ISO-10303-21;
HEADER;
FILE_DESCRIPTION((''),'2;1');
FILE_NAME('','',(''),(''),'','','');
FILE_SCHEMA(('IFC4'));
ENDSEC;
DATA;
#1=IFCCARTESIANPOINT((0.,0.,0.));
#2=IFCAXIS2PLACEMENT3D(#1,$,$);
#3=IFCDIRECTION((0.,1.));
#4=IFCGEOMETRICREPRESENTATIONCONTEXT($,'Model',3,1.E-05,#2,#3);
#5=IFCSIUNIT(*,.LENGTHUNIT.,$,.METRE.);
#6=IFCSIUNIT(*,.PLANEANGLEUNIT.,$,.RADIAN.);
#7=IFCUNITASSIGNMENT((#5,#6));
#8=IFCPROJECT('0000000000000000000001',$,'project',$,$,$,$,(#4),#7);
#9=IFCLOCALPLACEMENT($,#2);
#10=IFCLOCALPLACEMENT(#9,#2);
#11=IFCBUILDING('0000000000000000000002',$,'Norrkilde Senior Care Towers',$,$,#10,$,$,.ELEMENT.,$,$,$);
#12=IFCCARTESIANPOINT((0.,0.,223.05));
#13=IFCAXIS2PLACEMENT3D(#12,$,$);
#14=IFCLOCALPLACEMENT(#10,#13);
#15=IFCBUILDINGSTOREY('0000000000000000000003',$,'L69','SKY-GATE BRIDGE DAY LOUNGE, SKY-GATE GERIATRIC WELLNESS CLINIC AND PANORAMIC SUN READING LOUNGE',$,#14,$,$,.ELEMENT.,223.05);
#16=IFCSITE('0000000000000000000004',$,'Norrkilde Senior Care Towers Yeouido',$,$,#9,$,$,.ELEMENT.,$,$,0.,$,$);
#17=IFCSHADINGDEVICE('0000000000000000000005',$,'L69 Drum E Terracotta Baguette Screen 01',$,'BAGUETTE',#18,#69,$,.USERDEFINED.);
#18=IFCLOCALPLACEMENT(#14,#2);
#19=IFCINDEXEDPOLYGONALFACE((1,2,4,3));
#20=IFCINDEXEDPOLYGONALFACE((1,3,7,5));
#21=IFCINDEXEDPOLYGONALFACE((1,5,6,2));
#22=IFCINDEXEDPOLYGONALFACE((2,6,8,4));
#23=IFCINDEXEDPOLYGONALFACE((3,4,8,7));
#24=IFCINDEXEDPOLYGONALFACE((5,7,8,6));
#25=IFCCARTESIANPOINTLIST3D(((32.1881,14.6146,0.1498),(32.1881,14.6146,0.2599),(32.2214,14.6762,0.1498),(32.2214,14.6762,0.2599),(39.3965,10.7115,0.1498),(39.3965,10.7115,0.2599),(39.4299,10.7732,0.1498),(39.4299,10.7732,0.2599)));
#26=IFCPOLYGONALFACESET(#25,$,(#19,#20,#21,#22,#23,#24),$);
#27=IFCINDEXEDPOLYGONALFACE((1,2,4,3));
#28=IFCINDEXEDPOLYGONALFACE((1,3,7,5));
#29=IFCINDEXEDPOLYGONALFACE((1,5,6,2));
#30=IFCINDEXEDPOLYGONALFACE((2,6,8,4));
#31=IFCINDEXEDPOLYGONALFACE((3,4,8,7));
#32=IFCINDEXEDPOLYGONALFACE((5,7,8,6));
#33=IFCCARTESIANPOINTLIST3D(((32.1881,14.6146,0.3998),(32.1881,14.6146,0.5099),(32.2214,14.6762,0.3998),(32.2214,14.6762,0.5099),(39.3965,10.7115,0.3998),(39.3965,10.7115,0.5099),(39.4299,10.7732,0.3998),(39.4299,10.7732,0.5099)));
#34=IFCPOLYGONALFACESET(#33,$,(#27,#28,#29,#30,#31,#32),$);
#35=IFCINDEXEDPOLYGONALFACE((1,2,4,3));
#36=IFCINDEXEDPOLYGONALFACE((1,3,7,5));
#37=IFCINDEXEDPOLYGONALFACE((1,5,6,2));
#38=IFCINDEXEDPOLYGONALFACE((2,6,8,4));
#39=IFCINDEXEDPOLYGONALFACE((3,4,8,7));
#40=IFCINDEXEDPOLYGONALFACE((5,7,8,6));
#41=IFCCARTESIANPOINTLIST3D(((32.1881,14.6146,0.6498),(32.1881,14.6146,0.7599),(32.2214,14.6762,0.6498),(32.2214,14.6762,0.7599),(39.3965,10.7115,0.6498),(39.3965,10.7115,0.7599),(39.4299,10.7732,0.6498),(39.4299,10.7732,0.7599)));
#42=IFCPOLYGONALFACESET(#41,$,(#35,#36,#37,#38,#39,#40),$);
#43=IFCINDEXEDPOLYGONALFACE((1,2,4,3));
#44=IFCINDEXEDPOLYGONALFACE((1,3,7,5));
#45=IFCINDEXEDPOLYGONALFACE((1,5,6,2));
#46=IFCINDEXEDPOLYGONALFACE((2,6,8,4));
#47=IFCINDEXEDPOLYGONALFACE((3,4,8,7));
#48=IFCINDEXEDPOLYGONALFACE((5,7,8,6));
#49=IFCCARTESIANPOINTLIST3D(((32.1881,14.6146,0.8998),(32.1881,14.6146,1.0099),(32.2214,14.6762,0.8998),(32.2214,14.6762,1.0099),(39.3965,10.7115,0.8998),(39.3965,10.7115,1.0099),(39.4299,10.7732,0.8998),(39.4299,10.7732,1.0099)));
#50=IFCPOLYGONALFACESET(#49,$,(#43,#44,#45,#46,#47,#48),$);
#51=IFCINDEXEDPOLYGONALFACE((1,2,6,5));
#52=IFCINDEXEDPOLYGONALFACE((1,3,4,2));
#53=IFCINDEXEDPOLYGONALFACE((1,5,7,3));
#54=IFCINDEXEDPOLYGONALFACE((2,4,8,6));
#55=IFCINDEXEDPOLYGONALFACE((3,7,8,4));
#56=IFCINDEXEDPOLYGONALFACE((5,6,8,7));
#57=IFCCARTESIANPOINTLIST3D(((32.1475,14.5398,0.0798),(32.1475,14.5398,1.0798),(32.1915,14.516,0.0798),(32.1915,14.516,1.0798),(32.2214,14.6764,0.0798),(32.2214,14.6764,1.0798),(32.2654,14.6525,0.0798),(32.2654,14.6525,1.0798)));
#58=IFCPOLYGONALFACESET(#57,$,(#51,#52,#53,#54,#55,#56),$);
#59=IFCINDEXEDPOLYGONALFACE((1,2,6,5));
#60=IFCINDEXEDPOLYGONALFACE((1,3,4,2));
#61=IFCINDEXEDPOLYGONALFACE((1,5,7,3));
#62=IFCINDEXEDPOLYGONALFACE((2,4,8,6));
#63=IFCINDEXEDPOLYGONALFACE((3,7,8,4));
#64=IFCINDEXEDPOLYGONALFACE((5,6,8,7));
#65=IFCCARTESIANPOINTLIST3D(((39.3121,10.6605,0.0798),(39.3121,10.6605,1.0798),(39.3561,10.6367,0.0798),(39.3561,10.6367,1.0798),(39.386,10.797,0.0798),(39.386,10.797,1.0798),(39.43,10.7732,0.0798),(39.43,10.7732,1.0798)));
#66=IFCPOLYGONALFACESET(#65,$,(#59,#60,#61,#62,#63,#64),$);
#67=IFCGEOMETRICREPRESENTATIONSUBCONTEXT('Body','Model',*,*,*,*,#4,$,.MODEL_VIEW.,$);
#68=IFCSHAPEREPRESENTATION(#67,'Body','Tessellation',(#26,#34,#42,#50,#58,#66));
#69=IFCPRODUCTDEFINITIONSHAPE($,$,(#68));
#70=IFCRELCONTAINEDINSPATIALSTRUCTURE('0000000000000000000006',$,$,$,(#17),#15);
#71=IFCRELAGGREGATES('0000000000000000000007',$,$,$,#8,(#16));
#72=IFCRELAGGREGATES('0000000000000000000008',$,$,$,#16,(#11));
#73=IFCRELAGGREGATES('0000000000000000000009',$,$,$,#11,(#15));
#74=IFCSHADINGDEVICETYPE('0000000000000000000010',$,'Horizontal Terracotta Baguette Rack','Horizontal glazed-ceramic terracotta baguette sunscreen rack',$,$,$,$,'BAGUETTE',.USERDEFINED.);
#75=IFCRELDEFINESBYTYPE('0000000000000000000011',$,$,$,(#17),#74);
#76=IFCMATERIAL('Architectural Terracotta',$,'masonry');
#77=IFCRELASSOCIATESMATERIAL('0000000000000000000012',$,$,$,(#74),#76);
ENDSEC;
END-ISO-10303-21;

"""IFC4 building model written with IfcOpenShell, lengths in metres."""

from ifc_helpers import new_model, si_unit, direction, frame, origin, origin_2d, place, context, subcontext, project, spatial, rectangle, extrude, source, transform, mapped, material, type_object, type_shapes, element, save


model = new_model("IFC4")

# Units and contexts
model_context = context("Model", 3, precision=1e-05, world=origin(), true_north=direction((0.0, 1.0)))
body_context = subcontext(model_context, "Body", "Model", "MODEL_VIEW")
ifc_project = project(units=[si_unit("LENGTHUNIT", "METRE"), si_unit("PLANEANGLEUNIT", "RADIAN")], contexts=[model_context])

# Site, building, storey
site_placement = place(None, origin())
site = spatial("IfcSite", under=ifc_project, at=site_placement, Name="Norrkilde Senior Care Towers Yeouido", CompositionType="ELEMENT", RefElevation=0.0)
building_placement = place(site_placement, origin())
building = spatial("IfcBuilding", under=site, at=building_placement, Name="Norrkilde Senior Care Towers", CompositionType="ELEMENT")
storey_placement = place(building_placement, frame((0.0, 0.0, 223.05)))
storey = spatial("IfcBuildingStorey", under=building, at=storey_placement, Name="L69", Description="SKY-GATE BRIDGE DAY LOUNGE, SKY-GATE GERIATRIC WELLNESS CLINIC AND PANORAMIC SUN READING LOUNGE", CompositionType="ELEMENT", Elevation=223.05)

# Shading device
ifc_material_1 = material(Name="Architectural Terracotta", Category="masonry")
shading_device_type = type_object("IfcShadingDeviceType", Name="Horizontal Terracotta Baguette Rack", Description="Horizontal glazed-ceramic terracotta baguette sunscreen rack", ElementType="BAGUETTE", PredefinedType="USERDEFINED", material=ifc_material_1)
shared_shape_1 = source(origin(), body_context, "Body", "SweptSolid", [
    extrude(rectangle(XDim=0.0701, YDim=0.1101, at=origin_2d()), frame((0.0, 0.0901, 0.125), z_axis=(1.0, 0.0, 0.0), x_axis=(0.0, 1.0, 0.0)), (0.0, 0.0, 1.0), 8.1973),
    extrude(rectangle(XDim=0.0701, YDim=0.1101, at=origin_2d()), frame((0.0, 0.0901, 0.375), z_axis=(1.0, 0.0, 0.0), x_axis=(0.0, 1.0, 0.0)), (0.0, 0.0, 1.0), 8.1973),
    extrude(rectangle(XDim=0.0701, YDim=0.1101, at=origin_2d()), frame((0.0, 0.0901, 0.625), z_axis=(1.0, 0.0, 0.0), x_axis=(0.0, 1.0, 0.0)), (0.0, 0.0, 1.0), 8.1973),
    extrude(rectangle(XDim=0.0701, YDim=0.1101, at=origin_2d()), frame((0.0, 0.0901, 0.875), z_axis=(1.0, 0.0, 0.0), x_axis=(0.0, 1.0, 0.0)), (0.0, 0.0, 1.0), 8.1973),
    extrude(rectangle(XDim=0.05, YDim=0.1553, at=origin_2d()), frame((0.0249, 0.0476, 0.0)), (0.0, 0.0, 1.0), 1.0),
    extrude(rectangle(XDim=0.05, YDim=0.1553, at=origin_2d()), frame((8.1724, 0.0476, 0.0)), (0.0, 0.0, 1.0), 1.0),
])
type_shapes(shading_device_type, [shared_shape_1])
shading_device_placement = place(storey_placement, frame((32.1619, 14.5662, 0.0798), z_axis=(0.0, 0.0, 1.0), x_axis=(0.879378, -0.476144, 0.0)))
element("IfcShadingDevice", 1, at=shading_device_placement, inside=storey, type_object=shading_device_type, Name="L69 Drum E Terracotta Baguette Screen 01", ObjectType="BAGUETTE", PredefinedType="USERDEFINED", context=body_context, shape_type="MappedRepresentation", body=[
    mapped(shared_shape_1, transform((0.0, 0.0, 0.0), x_axis=(1.0, 0.0, 0.0), y_axis=(0.0, 1.0, 0.0), z_axis=(0.0, 0.0, 1.0), scale=1.0)),
])

save(model, "model.ifc")
